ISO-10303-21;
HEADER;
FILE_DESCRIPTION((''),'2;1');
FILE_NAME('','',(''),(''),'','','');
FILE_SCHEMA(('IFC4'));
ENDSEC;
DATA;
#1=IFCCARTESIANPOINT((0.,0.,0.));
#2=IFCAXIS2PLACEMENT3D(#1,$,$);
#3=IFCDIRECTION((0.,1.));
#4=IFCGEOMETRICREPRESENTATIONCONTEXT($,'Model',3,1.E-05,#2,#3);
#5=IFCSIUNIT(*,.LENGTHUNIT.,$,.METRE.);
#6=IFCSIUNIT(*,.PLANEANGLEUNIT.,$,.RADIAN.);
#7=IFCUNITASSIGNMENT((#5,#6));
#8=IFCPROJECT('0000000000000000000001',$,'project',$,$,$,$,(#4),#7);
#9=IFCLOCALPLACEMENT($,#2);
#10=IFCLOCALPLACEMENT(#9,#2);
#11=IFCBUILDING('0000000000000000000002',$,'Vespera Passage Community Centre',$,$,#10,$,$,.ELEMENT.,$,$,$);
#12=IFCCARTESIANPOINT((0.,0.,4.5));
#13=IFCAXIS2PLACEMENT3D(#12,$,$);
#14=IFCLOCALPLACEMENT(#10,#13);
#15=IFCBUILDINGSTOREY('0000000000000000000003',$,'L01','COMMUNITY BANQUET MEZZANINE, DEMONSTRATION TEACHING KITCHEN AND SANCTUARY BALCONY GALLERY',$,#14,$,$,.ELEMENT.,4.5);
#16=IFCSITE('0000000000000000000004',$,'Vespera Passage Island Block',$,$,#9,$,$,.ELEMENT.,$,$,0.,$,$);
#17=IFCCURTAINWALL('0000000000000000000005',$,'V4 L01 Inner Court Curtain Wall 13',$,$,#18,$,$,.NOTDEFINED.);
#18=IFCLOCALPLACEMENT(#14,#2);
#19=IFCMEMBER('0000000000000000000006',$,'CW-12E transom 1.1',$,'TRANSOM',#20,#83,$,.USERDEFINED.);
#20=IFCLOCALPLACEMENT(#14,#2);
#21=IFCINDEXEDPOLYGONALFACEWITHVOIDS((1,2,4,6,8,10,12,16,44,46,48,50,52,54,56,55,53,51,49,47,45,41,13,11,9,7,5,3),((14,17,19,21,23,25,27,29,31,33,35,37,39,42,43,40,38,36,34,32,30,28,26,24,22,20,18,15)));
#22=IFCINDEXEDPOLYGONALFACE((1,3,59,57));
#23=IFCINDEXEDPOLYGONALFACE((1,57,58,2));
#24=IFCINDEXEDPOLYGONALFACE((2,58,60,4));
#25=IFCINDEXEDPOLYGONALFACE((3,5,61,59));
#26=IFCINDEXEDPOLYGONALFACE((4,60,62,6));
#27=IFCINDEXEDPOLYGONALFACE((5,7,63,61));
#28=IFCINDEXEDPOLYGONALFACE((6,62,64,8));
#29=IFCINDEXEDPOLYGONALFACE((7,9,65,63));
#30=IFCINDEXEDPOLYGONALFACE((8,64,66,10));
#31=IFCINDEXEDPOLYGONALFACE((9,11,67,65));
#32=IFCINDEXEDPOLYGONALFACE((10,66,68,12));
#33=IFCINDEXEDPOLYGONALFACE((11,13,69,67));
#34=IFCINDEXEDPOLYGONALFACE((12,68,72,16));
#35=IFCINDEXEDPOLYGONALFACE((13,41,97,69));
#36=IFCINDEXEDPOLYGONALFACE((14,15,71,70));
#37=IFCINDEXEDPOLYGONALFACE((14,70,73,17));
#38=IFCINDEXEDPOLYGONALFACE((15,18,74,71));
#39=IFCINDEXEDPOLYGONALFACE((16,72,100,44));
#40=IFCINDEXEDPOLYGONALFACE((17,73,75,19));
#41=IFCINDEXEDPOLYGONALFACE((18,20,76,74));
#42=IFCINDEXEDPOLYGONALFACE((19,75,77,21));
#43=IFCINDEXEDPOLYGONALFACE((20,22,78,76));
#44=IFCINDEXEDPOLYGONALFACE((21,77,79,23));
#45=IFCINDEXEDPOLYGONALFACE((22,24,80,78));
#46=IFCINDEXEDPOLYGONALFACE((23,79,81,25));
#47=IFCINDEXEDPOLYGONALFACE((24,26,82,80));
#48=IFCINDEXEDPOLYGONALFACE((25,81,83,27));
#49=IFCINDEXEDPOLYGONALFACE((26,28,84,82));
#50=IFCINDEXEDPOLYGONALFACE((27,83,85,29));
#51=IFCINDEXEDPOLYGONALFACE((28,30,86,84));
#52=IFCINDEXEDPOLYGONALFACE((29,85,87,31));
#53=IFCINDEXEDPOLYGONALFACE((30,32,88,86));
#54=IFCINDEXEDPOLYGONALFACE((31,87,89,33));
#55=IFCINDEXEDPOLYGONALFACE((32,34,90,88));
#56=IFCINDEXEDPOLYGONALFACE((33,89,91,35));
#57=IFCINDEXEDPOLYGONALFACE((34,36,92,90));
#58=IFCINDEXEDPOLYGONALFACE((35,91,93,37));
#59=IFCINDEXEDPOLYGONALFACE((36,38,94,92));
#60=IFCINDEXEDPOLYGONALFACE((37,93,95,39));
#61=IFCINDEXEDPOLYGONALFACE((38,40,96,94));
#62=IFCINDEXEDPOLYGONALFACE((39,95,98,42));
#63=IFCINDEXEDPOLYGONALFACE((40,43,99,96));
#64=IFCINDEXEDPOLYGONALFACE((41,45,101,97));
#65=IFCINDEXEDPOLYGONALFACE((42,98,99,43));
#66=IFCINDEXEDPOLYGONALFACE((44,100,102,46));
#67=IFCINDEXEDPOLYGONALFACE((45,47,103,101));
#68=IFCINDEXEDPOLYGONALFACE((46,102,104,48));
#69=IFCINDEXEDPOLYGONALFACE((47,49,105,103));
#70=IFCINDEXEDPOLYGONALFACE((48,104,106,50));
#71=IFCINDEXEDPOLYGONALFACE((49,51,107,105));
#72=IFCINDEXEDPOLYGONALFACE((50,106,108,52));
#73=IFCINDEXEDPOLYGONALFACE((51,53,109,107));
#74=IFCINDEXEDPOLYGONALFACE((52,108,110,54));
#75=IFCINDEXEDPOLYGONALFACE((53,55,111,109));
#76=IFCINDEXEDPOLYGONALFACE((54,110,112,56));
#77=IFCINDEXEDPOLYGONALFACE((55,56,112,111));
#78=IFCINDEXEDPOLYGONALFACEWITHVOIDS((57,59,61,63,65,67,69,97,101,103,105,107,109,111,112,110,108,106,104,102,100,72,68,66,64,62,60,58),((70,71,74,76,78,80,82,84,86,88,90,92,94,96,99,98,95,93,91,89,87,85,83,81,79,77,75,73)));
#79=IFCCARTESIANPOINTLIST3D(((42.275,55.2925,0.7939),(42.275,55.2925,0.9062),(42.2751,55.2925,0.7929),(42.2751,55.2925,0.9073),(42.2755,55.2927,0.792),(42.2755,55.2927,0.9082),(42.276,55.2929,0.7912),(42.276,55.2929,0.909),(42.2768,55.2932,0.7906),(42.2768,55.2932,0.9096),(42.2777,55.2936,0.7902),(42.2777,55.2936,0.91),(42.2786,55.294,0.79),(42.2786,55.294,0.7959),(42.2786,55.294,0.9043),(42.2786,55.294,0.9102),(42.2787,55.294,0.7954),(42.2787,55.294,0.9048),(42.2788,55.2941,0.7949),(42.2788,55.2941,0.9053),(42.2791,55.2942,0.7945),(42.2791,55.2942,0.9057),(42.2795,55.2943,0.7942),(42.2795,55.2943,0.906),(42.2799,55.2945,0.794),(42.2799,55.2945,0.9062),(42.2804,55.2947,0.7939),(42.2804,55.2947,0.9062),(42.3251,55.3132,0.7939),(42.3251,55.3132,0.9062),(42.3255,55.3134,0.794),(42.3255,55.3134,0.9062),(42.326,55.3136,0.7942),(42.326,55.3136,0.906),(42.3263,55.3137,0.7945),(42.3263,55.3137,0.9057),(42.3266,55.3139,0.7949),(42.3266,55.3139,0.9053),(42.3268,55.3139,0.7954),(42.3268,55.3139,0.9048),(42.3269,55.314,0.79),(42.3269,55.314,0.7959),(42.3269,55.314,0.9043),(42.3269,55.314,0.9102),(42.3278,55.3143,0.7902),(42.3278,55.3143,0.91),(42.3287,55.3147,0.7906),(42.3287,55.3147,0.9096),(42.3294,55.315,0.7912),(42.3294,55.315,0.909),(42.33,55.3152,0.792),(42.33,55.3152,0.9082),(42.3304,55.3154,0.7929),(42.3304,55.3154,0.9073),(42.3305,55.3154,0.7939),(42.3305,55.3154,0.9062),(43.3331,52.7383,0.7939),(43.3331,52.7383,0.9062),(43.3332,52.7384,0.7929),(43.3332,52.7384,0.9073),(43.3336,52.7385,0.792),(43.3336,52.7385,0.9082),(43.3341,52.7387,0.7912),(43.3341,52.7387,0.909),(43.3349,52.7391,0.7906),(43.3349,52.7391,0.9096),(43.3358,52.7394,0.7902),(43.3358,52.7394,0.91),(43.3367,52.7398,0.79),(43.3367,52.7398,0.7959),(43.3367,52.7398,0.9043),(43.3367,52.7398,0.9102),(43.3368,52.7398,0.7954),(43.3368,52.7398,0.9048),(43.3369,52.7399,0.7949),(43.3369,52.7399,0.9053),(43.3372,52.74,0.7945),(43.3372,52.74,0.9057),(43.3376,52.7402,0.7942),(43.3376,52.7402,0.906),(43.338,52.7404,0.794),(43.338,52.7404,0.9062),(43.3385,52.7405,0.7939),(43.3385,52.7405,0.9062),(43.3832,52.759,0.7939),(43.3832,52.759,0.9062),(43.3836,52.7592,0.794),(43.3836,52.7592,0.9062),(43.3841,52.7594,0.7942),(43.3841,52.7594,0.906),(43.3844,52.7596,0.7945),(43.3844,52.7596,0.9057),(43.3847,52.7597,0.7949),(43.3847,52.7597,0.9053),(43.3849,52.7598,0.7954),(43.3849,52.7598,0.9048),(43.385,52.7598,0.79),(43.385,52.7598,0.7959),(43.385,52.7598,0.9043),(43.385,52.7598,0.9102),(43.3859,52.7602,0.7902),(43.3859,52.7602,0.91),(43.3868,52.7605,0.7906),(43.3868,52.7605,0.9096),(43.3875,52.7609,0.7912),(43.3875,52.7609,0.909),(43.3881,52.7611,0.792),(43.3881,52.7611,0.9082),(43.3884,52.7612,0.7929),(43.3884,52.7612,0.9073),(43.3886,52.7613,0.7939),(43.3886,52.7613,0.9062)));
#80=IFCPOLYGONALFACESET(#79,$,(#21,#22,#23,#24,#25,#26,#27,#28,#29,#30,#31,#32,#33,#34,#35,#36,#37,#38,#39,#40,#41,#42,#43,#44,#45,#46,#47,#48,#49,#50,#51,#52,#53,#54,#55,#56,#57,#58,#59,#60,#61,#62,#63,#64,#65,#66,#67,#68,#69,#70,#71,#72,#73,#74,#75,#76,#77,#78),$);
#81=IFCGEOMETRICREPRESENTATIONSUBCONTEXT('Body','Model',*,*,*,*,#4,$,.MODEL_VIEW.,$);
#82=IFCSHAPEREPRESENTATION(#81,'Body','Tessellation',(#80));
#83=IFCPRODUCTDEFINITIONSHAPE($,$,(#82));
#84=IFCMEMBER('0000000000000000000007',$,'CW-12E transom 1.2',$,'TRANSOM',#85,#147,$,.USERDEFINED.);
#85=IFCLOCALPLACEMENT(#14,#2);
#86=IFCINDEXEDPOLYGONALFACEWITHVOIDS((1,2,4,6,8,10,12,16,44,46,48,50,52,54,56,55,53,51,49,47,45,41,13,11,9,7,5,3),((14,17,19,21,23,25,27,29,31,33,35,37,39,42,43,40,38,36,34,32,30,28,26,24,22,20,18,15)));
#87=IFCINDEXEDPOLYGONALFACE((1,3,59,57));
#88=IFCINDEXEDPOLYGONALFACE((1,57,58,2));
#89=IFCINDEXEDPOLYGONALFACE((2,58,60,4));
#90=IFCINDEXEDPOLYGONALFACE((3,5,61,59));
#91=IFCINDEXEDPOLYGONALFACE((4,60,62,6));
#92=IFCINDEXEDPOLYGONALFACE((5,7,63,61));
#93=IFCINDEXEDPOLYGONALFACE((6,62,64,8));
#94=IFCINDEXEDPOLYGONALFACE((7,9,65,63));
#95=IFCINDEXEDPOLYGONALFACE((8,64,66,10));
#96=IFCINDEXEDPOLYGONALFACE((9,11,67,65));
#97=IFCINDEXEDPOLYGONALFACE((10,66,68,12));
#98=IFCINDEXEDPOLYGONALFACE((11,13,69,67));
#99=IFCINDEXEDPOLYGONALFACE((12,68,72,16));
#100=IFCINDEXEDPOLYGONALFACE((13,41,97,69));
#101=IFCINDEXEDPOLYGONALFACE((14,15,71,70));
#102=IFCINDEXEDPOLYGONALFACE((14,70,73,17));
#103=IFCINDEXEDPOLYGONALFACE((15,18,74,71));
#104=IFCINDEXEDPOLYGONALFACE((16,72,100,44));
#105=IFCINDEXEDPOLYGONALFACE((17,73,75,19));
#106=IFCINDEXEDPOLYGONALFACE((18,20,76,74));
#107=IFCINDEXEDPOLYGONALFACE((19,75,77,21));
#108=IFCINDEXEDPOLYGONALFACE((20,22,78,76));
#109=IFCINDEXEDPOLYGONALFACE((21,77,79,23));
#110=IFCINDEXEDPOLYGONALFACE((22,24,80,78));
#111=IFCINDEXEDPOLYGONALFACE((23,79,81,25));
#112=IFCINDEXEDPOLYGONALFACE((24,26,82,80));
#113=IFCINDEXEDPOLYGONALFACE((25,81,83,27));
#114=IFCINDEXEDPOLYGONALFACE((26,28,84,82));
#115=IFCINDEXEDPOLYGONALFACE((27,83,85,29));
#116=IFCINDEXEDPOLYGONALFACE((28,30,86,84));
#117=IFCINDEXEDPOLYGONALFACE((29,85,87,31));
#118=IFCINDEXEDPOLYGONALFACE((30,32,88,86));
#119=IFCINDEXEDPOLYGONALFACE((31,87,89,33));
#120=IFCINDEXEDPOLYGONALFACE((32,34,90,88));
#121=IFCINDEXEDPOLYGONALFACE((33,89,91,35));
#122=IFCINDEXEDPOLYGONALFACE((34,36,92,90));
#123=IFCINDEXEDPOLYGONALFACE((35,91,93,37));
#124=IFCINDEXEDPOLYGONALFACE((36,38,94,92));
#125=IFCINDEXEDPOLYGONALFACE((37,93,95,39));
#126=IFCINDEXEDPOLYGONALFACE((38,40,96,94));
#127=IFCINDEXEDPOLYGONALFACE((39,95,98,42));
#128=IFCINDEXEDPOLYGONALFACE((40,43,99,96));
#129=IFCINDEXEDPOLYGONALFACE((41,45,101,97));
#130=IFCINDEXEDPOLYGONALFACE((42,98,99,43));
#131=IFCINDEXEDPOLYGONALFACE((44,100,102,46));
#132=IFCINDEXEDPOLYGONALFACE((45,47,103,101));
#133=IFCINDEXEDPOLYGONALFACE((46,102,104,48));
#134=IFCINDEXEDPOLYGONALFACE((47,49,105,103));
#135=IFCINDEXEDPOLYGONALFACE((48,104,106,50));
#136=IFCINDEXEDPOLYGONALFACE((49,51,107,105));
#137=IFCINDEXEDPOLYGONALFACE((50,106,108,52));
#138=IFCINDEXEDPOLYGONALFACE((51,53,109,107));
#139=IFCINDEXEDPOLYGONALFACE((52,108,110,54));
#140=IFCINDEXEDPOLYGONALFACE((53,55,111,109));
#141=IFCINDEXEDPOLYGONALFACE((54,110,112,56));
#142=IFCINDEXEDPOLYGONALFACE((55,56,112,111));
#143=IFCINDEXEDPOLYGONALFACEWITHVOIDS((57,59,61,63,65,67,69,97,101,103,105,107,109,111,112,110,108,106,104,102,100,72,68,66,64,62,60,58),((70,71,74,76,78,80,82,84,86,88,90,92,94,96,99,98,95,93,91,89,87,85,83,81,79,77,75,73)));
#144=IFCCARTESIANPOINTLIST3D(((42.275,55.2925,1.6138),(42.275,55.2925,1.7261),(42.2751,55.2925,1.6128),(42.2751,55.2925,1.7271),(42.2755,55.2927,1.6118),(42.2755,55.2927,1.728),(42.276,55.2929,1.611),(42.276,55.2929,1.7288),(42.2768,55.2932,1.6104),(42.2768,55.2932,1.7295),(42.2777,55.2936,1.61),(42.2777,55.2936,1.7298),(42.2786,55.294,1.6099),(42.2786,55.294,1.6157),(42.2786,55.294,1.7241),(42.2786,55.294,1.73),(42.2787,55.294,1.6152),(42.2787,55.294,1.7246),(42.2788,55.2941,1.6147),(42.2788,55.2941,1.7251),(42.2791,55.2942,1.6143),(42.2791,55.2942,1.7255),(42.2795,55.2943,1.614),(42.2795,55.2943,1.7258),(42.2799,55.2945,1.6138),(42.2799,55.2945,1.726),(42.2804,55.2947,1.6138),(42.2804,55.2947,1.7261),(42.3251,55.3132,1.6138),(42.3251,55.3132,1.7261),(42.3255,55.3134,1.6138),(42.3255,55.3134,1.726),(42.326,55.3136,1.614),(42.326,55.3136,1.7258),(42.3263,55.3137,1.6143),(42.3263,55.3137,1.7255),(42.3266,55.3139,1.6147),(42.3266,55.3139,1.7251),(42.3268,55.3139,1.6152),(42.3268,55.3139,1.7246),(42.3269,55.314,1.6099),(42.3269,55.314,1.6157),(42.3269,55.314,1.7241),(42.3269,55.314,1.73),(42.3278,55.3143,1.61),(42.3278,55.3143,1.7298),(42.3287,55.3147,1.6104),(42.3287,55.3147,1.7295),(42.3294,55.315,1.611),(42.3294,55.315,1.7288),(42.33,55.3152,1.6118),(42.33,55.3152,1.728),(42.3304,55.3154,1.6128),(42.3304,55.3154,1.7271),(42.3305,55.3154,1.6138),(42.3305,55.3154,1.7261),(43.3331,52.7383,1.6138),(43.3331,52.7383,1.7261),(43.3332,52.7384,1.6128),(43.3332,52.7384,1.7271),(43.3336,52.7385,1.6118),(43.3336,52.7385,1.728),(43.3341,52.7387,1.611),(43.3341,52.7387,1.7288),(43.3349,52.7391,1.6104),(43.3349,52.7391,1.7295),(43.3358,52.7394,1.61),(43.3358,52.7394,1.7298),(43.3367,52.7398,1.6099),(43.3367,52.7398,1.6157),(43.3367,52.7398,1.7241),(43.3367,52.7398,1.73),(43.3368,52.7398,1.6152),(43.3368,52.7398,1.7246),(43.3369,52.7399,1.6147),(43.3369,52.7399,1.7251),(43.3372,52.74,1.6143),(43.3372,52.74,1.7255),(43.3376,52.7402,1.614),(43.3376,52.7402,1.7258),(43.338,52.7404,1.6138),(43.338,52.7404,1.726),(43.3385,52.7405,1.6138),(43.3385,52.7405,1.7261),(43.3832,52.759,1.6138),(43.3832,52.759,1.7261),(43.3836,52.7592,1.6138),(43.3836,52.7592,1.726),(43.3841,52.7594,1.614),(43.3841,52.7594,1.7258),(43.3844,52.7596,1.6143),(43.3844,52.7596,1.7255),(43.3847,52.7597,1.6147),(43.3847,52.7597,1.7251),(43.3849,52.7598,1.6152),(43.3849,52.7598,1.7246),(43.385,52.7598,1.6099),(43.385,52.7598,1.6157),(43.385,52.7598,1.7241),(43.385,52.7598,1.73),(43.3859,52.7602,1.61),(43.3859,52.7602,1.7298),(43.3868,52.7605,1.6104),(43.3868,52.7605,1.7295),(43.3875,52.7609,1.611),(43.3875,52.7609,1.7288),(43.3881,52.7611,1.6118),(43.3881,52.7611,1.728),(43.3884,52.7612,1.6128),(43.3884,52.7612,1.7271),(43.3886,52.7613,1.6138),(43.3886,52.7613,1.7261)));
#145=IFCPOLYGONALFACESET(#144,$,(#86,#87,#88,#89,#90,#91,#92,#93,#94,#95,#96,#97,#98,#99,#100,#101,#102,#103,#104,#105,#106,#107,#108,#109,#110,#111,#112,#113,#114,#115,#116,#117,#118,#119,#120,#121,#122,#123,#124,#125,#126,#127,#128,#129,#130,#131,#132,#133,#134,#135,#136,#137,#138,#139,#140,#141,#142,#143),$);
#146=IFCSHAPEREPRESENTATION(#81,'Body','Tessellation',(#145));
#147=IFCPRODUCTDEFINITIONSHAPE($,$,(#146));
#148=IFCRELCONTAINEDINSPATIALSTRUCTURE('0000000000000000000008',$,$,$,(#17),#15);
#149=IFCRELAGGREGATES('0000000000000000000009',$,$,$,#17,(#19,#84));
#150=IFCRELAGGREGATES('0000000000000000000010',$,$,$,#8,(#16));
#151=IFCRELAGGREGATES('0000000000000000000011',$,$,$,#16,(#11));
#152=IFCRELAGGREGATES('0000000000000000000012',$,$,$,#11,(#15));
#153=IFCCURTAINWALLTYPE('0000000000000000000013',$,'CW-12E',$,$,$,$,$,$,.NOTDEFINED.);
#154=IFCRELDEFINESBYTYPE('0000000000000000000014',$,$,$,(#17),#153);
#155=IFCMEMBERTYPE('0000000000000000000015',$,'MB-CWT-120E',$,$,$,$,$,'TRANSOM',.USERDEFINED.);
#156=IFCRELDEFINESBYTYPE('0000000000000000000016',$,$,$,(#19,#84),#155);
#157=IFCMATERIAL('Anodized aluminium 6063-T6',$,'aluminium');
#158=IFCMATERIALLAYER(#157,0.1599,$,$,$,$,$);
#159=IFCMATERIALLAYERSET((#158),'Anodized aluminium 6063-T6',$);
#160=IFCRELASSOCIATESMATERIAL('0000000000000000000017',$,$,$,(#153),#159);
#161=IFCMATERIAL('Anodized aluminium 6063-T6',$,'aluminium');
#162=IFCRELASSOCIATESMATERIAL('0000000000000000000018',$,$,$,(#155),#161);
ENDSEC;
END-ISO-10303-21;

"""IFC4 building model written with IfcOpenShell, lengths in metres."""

from ifc_helpers import new_model, si_unit, direction, frame, origin, origin_2d, place, context, subcontext, project, spatial, hollow_rectangle, extrude, material, layer, layer_set, material_profile, profile_set, type_object, element, aggregate, save


model = new_model("IFC4")

# Units and contexts
model_context = context("Model", 3, precision=1e-05, world=origin(), true_north=direction((0.0, 1.0)))
body_context = subcontext(model_context, "Body", "Model", "MODEL_VIEW")
ifc_project = project(units=[si_unit("LENGTHUNIT", "METRE"), si_unit("PLANEANGLEUNIT", "RADIAN")], contexts=[model_context])

# Site, building, storey
site_placement = place(None, origin())
site = spatial("IfcSite", under=ifc_project, at=site_placement, Name="Vespera Passage Island Block", CompositionType="ELEMENT", RefElevation=0.0)
building_placement = place(site_placement, origin())
building = spatial("IfcBuilding", under=site, at=building_placement, Name="Vespera Passage Community Centre", CompositionType="ELEMENT")
storey_placement = place(building_placement, frame((0.0, 0.0, 4.5)))
storey = spatial("IfcBuildingStorey", under=building, at=storey_placement, Name="L01", Description="COMMUNITY BANQUET MEZZANINE, DEMONSTRATION TEACHING KITCHEN AND SANCTUARY BALCONY GALLERY", CompositionType="ELEMENT", Elevation=4.5)

# Curtain wall
ifc_material_1 = material(Name="Anodized aluminium 6063-T6", Category="aluminium")
ifc_layer_1 = layer(ifc_material_1, 0.1599)
ifc_layer_set_1 = layer_set([ifc_layer_1], Name="Anodized aluminium 6063-T6")
curtain_wall_type_1 = type_object("IfcCurtainWallType", Name="CW-12E", PredefinedType="NOTDEFINED", material=ifc_layer_set_1)
curtain_wall_1_placement = place(storey_placement, origin())
curtain_wall_1 = element("IfcCurtainWall", 1, at=curtain_wall_1_placement, inside=storey, type_object=curtain_wall_type_1, Name="V4 L01 Inner Court Curtain Wall 13", PredefinedType="NOTDEFINED")

# Members
ifc_material_2 = material(Name="Anodized aluminium 6063-T6", Category="aluminium")
ifc_material_profile_1 = material_profile(ifc_material_2, hollow_rectangle(XDim=0.0601, YDim=0.1201, WallThickness=0.0039, InnerFilletRadius=0.002, OuterFilletRadius=0.0039, at=origin_2d()), Name="ALU120X60X4")
ifc_profile_set_1 = profile_set([ifc_material_profile_1], Name="Anodized aluminium 6063-T6")
member_type_1 = type_object("IfcMemberType", Name="MB-CWT-120E", ElementType="TRANSOM", PredefinedType="USERDEFINED", material=ifc_profile_set_1)
member_1_placement = place(storey_placement, frame((42.3027, 55.304, 0.8501), z_axis=(0.382721, -0.923864, 0.0), x_axis=(0.923864, 0.382721, 0.0)))
member_1 = element("IfcMember", 2, at=member_1_placement, type_object=member_type_1, Name="CW-12E transom 1.1", ObjectType="TRANSOM", PredefinedType="USERDEFINED", context=body_context, shape_type="SweptSolid", body=[
    extrude(hollow_rectangle(XDim=0.0601, YDim=0.1201, WallThickness=0.0039, InnerFilletRadius=0.002, OuterFilletRadius=0.0039, at=origin_2d()), origin(), (0.0, 0.0, 1.0), 2.7646),
])
member_2_placement = place(storey_placement, frame((42.3027, 55.304, 1.6699), z_axis=(0.382721, -0.923864, 0.0), x_axis=(0.923864, 0.382721, 0.0)))
member_2 = element("IfcMember", 3, at=member_2_placement, type_object=member_type_1, Name="CW-12E transom 1.2", ObjectType="TRANSOM", PredefinedType="USERDEFINED", context=body_context, shape_type="SweptSolid", body=[
    extrude(hollow_rectangle(XDim=0.0601, YDim=0.1201, WallThickness=0.0039, InnerFilletRadius=0.002, OuterFilletRadius=0.0039, at=origin_2d()), origin(), (0.0, 0.0, 1.0), 2.7646),
])

aggregate(curtain_wall_1, [member_1, member_2])

save(model, "model.ifc")
